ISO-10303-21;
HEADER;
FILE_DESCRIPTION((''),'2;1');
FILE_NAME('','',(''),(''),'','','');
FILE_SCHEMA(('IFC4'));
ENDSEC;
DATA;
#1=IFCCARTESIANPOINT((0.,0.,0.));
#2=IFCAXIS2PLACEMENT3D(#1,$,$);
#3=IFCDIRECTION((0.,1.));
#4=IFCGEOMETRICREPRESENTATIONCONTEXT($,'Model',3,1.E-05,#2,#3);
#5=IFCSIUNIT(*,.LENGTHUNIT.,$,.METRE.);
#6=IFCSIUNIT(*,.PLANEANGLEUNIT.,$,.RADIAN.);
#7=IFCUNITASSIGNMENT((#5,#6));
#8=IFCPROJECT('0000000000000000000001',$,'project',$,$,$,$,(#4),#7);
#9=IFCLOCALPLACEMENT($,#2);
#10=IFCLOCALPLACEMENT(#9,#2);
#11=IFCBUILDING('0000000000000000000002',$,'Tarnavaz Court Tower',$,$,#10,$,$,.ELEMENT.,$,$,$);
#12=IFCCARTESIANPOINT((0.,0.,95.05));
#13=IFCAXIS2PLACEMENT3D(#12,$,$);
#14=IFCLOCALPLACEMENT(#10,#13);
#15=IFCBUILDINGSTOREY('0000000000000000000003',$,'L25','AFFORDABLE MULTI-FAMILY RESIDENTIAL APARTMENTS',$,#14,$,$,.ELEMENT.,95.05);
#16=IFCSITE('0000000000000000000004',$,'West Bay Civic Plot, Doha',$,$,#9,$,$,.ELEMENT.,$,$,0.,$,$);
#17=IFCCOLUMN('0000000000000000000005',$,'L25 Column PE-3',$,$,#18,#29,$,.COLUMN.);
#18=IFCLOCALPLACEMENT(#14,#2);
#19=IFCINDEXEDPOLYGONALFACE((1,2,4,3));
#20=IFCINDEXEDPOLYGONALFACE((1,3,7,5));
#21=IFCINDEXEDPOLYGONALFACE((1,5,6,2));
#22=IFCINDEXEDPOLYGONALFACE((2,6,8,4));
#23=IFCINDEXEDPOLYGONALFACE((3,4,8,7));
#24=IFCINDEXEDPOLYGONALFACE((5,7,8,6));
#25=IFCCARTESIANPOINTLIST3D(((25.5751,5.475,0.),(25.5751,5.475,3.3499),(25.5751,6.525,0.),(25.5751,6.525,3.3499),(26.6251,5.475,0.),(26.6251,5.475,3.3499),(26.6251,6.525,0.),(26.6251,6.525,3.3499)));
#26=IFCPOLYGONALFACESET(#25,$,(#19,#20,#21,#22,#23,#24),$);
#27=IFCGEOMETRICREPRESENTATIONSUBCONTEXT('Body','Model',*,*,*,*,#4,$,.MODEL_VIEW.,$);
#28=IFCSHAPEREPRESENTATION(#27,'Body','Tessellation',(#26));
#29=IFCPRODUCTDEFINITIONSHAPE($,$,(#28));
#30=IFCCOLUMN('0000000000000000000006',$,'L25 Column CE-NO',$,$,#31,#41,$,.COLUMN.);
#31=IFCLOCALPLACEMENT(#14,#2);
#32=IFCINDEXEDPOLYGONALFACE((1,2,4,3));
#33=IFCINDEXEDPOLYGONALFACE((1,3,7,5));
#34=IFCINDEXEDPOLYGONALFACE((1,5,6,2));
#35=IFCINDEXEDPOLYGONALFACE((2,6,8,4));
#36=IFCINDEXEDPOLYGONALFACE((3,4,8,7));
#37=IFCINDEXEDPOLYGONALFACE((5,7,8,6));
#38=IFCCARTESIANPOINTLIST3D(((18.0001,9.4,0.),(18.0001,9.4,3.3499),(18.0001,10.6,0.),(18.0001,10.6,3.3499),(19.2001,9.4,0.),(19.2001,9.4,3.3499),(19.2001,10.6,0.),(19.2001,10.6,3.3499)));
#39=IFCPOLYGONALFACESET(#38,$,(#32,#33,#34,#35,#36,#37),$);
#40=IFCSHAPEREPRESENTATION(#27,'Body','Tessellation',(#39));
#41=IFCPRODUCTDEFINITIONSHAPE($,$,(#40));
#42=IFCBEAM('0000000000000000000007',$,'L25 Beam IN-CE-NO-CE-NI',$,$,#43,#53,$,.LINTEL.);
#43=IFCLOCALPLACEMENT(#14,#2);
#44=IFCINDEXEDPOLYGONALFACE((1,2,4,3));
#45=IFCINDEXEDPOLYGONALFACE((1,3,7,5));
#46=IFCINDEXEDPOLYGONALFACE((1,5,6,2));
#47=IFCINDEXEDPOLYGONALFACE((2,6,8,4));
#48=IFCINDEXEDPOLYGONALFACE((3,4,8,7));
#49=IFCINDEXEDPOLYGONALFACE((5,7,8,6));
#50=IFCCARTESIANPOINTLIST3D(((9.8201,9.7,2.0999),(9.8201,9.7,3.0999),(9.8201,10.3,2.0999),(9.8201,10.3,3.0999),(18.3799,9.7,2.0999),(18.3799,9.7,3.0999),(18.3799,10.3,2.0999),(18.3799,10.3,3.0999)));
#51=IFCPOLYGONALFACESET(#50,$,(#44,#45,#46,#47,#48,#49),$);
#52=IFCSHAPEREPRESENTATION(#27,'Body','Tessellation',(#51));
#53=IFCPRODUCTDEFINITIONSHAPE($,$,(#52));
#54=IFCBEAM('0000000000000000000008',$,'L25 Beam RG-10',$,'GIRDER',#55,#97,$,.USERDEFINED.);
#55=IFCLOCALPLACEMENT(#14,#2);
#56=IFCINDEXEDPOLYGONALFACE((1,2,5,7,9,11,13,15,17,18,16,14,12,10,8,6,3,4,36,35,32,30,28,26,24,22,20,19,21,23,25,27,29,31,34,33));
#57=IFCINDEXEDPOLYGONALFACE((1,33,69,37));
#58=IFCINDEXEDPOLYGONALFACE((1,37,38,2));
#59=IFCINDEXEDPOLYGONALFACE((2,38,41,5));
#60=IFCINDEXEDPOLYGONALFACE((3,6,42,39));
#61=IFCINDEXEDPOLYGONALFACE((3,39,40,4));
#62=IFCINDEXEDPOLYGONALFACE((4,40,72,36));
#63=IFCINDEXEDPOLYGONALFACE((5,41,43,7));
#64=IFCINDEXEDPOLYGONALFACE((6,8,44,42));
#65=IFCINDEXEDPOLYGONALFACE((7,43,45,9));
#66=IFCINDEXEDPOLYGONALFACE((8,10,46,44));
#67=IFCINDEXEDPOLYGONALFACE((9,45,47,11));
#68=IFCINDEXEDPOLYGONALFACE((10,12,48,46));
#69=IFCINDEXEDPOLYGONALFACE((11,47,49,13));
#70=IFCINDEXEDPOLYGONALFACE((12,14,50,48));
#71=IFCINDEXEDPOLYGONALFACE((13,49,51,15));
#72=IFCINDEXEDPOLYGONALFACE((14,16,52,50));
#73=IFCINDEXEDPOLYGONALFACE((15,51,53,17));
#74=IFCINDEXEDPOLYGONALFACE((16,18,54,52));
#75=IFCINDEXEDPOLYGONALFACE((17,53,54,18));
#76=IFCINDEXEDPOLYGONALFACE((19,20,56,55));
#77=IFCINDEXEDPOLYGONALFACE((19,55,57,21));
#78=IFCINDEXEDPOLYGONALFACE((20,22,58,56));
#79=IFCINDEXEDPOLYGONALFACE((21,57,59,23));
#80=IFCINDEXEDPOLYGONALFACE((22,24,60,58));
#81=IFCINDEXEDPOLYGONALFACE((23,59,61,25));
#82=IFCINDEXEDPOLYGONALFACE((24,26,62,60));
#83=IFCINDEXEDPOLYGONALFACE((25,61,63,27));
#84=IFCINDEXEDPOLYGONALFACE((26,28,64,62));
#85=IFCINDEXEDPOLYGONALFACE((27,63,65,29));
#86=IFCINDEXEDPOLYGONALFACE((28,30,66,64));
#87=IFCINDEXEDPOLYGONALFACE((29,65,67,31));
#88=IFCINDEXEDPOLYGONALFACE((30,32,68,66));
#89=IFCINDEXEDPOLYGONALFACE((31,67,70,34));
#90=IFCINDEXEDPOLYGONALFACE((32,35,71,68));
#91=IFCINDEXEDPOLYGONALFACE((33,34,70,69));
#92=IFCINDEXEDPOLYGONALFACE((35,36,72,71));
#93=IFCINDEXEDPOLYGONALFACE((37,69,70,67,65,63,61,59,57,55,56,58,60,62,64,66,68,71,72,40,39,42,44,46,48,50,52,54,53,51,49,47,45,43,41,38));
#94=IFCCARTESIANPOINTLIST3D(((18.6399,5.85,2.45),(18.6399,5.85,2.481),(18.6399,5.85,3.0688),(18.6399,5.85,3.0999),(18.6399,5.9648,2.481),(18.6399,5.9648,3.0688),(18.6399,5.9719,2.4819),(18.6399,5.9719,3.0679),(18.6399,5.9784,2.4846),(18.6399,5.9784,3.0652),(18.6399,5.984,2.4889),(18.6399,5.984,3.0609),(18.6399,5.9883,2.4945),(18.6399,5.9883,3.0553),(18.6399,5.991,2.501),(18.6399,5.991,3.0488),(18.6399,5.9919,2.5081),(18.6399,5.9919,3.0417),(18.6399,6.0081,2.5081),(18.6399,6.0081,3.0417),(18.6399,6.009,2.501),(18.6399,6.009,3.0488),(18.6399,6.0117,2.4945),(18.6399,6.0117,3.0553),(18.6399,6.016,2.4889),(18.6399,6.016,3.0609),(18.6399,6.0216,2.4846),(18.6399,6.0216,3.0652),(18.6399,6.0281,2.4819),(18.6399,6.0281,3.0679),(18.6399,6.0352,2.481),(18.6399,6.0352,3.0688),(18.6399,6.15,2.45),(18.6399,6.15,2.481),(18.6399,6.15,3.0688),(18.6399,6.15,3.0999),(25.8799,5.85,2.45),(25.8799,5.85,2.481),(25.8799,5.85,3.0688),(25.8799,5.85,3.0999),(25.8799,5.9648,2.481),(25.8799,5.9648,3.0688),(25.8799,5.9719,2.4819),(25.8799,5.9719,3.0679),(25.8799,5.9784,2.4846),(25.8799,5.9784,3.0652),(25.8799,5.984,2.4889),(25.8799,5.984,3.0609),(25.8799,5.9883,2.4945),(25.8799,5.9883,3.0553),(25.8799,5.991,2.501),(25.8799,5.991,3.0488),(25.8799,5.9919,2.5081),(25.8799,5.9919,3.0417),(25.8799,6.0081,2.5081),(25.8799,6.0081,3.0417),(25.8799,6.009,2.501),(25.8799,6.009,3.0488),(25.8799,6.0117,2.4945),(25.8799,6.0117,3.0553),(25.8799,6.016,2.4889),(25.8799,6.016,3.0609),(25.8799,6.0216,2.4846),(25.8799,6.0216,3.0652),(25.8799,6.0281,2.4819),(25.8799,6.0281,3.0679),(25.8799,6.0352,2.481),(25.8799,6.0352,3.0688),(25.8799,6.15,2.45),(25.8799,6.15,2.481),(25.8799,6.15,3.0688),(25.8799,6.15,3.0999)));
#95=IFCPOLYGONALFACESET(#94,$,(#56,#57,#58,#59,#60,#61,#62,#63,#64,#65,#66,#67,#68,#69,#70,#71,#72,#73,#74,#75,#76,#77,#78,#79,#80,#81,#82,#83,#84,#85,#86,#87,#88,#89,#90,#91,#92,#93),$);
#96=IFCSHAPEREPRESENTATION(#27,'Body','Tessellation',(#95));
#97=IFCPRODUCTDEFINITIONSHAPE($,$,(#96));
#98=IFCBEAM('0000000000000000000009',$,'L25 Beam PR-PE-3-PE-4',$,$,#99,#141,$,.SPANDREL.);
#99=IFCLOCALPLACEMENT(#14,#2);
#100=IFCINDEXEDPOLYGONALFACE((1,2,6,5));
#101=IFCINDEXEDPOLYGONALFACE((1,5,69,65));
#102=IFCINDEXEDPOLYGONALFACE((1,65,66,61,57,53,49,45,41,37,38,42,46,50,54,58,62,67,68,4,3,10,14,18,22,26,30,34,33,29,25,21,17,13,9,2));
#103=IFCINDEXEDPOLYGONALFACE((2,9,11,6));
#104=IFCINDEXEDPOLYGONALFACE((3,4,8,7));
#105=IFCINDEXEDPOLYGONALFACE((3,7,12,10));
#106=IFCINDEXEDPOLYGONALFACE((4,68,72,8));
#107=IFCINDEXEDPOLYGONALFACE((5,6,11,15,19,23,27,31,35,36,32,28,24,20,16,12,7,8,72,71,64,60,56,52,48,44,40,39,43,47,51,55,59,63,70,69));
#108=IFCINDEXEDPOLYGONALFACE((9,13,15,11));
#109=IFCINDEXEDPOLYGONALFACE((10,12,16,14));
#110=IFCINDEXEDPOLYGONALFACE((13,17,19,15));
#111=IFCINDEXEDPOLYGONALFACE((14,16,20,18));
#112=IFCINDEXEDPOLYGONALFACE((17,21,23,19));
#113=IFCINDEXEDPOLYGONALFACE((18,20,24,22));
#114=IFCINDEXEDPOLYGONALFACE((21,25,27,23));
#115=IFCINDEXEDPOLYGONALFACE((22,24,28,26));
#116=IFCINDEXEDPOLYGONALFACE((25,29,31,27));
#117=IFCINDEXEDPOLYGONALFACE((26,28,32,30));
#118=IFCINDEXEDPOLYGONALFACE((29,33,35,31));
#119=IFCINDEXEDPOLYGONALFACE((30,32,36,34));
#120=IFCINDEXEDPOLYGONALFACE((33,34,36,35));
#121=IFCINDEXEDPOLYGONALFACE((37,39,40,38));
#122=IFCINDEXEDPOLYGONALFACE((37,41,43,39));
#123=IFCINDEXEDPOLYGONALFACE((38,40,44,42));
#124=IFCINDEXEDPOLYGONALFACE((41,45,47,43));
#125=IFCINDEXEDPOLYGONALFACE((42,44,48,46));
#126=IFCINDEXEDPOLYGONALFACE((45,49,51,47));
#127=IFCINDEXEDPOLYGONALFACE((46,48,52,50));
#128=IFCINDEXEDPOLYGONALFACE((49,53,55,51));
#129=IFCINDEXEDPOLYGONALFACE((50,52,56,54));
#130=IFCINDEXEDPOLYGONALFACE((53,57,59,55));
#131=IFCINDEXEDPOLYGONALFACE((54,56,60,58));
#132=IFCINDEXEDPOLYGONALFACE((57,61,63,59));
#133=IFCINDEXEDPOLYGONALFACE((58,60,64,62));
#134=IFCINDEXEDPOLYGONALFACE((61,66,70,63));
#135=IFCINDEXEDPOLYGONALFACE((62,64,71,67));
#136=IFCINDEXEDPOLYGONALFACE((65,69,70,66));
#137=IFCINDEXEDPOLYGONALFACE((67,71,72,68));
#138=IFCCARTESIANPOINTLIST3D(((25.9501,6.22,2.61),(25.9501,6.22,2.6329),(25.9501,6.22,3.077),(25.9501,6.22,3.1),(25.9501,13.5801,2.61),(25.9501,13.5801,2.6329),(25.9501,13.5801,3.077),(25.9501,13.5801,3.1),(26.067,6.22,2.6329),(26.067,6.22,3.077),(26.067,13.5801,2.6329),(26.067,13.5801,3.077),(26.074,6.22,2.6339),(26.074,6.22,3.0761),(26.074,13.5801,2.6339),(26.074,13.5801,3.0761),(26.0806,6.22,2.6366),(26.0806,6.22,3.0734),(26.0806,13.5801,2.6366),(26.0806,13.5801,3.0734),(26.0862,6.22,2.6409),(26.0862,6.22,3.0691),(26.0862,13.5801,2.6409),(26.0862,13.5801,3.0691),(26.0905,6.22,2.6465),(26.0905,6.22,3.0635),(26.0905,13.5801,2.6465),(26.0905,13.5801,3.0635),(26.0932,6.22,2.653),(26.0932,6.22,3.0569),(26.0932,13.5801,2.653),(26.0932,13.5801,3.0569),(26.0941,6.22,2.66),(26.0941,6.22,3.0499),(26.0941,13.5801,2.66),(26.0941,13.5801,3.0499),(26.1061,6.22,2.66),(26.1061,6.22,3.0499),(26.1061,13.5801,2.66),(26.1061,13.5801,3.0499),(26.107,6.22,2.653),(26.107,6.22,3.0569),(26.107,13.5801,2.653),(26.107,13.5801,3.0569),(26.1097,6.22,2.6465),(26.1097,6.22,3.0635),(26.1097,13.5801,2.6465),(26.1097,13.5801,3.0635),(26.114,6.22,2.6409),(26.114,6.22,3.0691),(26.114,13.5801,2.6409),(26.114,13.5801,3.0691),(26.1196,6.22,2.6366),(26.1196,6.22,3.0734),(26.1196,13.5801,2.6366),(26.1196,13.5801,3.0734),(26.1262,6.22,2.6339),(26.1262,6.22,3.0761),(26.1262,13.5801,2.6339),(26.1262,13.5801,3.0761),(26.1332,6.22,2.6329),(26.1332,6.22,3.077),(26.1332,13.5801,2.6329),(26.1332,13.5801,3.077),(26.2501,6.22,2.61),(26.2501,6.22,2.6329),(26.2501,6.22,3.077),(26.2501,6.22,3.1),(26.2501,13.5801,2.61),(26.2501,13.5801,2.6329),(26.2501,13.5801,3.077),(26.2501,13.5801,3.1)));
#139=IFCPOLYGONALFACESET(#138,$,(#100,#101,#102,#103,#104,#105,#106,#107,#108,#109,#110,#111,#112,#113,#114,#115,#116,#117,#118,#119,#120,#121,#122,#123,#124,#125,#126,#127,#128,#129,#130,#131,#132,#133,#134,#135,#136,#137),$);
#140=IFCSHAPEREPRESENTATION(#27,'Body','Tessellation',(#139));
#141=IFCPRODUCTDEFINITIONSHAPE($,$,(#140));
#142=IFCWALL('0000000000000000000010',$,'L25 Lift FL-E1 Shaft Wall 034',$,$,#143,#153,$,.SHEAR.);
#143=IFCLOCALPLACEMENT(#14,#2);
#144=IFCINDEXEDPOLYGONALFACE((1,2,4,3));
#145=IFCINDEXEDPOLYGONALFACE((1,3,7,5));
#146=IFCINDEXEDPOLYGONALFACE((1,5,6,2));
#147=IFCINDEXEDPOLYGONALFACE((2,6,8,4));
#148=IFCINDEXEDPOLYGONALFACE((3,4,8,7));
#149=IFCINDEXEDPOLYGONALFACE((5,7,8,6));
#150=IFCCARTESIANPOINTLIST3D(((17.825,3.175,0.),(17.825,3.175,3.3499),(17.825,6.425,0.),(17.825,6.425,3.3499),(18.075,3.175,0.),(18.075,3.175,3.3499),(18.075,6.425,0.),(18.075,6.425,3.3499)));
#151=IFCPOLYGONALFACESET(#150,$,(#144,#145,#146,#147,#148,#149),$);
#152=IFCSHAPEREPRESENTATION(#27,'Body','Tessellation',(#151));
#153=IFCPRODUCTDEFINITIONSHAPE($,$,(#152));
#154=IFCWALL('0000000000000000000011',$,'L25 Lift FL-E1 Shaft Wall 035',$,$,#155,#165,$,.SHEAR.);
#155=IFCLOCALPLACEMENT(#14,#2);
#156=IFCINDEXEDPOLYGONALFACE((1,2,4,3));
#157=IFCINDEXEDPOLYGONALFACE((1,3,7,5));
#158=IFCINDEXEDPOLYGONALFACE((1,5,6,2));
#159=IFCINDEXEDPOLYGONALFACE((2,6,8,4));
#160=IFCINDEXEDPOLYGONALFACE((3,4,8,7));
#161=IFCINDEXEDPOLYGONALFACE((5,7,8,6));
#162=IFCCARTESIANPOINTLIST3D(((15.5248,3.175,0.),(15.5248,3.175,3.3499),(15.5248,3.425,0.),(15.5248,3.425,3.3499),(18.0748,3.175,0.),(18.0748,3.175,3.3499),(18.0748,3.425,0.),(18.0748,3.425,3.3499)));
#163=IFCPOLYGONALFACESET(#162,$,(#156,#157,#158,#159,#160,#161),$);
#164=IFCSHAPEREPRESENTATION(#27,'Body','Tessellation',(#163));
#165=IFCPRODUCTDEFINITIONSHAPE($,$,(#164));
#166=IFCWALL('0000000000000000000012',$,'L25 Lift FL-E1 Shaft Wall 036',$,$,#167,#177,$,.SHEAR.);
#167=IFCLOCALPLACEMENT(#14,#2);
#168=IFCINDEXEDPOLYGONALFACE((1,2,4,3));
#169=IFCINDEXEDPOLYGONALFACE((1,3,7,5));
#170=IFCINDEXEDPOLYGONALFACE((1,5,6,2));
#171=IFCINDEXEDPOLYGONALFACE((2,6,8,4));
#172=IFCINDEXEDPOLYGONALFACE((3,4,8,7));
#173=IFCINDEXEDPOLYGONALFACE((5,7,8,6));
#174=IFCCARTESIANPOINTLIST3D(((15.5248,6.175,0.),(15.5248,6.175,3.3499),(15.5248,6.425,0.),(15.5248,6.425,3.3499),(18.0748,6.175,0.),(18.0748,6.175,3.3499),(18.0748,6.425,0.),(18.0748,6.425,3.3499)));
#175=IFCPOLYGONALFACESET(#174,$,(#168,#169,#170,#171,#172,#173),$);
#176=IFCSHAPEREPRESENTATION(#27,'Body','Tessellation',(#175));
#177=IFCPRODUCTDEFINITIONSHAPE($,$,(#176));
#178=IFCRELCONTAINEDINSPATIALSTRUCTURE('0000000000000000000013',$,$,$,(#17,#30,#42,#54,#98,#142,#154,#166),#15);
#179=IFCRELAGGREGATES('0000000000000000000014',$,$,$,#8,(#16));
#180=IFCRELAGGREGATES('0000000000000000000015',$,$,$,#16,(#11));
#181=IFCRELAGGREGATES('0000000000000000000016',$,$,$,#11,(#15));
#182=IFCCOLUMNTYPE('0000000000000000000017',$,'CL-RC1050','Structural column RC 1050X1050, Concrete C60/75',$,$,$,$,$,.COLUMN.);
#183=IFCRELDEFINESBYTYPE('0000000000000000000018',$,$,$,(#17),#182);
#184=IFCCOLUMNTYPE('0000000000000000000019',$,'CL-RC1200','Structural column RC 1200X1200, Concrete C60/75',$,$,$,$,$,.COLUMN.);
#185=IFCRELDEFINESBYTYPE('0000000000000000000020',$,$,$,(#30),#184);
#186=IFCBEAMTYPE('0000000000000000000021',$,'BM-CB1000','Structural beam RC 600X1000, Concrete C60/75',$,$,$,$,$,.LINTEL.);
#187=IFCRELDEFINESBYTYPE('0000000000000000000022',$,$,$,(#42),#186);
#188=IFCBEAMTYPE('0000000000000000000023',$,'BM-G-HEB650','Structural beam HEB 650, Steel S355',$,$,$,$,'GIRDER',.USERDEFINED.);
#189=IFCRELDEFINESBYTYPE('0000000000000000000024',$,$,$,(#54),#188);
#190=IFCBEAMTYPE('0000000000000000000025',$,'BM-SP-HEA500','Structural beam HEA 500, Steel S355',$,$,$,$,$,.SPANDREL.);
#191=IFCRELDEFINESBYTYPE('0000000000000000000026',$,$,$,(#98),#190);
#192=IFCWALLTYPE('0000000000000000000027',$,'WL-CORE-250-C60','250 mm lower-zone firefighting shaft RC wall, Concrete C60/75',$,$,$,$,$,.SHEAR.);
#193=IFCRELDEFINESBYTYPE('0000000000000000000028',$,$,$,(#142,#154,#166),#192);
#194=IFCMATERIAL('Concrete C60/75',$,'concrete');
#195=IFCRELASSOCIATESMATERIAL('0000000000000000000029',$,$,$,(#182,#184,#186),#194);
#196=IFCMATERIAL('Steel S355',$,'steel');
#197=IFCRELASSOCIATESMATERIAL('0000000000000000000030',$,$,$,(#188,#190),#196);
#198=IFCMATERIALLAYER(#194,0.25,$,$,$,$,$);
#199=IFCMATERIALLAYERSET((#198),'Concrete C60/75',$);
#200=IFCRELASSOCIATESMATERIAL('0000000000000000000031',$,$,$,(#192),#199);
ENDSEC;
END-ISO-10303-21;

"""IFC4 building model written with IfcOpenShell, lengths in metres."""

from ifc_helpers import new_model, si_unit, direction, frame, frame_2d, origin, origin_2d, place, context, subcontext, project, spatial, rectangle, i_section, extrude, material, layer, layer_set, material_profile, profile_set, type_object, element, save


model = new_model("IFC4")

# Units and contexts
model_context = context("Model", 3, precision=1e-05, world=origin(), true_north=direction((0.0, 1.0)))
body_context = subcontext(model_context, "Body", "Model", "MODEL_VIEW")
ifc_project = project(units=[si_unit("LENGTHUNIT", "METRE"), si_unit("PLANEANGLEUNIT", "RADIAN")], contexts=[model_context])

# Site, building, storey
site_placement = place(None, origin())
site = spatial("IfcSite", under=ifc_project, at=site_placement, Name="West Bay Civic Plot, Doha", CompositionType="ELEMENT", RefElevation=0.0)
building_placement = place(site_placement, origin())
building = spatial("IfcBuilding", under=site, at=building_placement, Name="Tarnavaz Court Tower", CompositionType="ELEMENT")
storey_placement = place(building_placement, frame((0.0, 0.0, 95.05)))
storey = spatial("IfcBuildingStorey", under=building, at=storey_placement, Name="L25", Description="AFFORDABLE MULTI-FAMILY RESIDENTIAL APARTMENTS", CompositionType="ELEMENT", Elevation=95.05)

# Columns
ifc_material_1 = material(Name="Concrete C60/75", Category="concrete")
ifc_material_profile_1 = material_profile(ifc_material_1, rectangle(XDim=1.05, YDim=1.05, at=origin_2d()), Name="RC 1050X1050")
ifc_profile_set_1 = profile_set([ifc_material_profile_1], Name="Concrete C60/75")
column_type_1 = type_object("IfcColumnType", Name="CL-RC1050", Description="Structural column RC 1050X1050, Concrete C60/75", PredefinedType="COLUMN", material=ifc_profile_set_1)
column_1_placement = place(storey_placement, frame((26.1001, 6.0, 0.0), z_axis=(0.0, 0.0, 1.0), x_axis=(1.0, 0.0, 0.0)))
element("IfcColumn", 1, at=column_1_placement, inside=storey, type_object=column_type_1, Name="L25 Column PE-3", PredefinedType="COLUMN", context=body_context, shape_type="SweptSolid", body=[
    extrude(rectangle(XDim=1.05, YDim=1.05, at=origin_2d()), origin(), (0.0, 0.0, 1.0), 3.3499),
])
ifc_material_profile_2 = material_profile(ifc_material_1, rectangle(XDim=1.2, YDim=1.2, at=origin_2d()), Name="RC 1200X1200")
ifc_profile_set_2 = profile_set([ifc_material_profile_2], Name="Concrete C60/75")
column_type_2 = type_object("IfcColumnType", Name="CL-RC1200", Description="Structural column RC 1200X1200, Concrete C60/75", PredefinedType="COLUMN", material=ifc_profile_set_2)
column_2_placement = place(storey_placement, frame((18.6001, 10.0, 0.0), z_axis=(0.0, 0.0, 1.0), x_axis=(1.0, 0.0, 0.0)))
element("IfcColumn", 2, at=column_2_placement, inside=storey, type_object=column_type_2, Name="L25 Column CE-NO", PredefinedType="COLUMN", context=body_context, shape_type="SweptSolid", body=[
    extrude(rectangle(XDim=1.2, YDim=1.2, at=origin_2d()), origin(), (0.0, 0.0, 1.0), 3.3499),
])

# Beams
ifc_material_profile_3 = material_profile(ifc_material_1, rectangle(XDim=0.6001, YDim=1.0, at=origin_2d()), Name="RC 600X1000")
ifc_profile_set_3 = profile_set([ifc_material_profile_3], Name="Concrete C60/75")
beam_type_1 = type_object("IfcBeamType", Name="BM-CB1000", Description="Structural beam RC 600X1000, Concrete C60/75", PredefinedType="LINTEL", material=ifc_profile_set_3)
beam_1_placement = place(storey_placement, frame((18.3799, 10.0, 2.5999), z_axis=(-1.0, 0.0, 0.0), x_axis=(0.0, -1.0, 0.0)))
element("IfcBeam", 3, at=beam_1_placement, inside=storey, type_object=beam_type_1, Name="L25 Beam IN-CE-NO-CE-NI", PredefinedType="LINTEL", context=body_context, shape_type="SweptSolid", body=[
    extrude(rectangle(XDim=0.6001, YDim=1.0, at=origin_2d()), origin(), (0.0, 0.0, 1.0), 8.5598),
])
ifc_material_2 = material(Name="Steel S355", Category="steel")
ifc_material_profile_4 = material_profile(ifc_material_2, i_section(OverallWidth=0.3, OverallDepth=0.6499, WebThickness=0.0161, FlangeThickness=0.031, FilletRadius=0.0271, at=origin_2d()), Name="HEB 650")
ifc_profile_set_4 = profile_set([ifc_material_profile_4], Name="Steel S355")
beam_type_2 = type_object("IfcBeamType", Name="BM-G-HEB650", Description="Structural beam HEB 650, Steel S355", ElementType="GIRDER", PredefinedType="USERDEFINED", material=ifc_profile_set_4)
beam_2_placement = place(storey_placement, frame((18.6399, 6.0, 2.7749), z_axis=(1.0, 0.0, 0.0), x_axis=(0.0, 1.0, 0.0)))
element("IfcBeam", 4, at=beam_2_placement, inside=storey, type_object=beam_type_2, Name="L25 Beam RG-10", ObjectType="GIRDER", PredefinedType="USERDEFINED", context=body_context, shape_type="SweptSolid", body=[
    extrude(i_section(OverallWidth=0.3, OverallDepth=0.6499, WebThickness=0.0161, FlangeThickness=0.031, FilletRadius=0.0271, at=origin_2d()), origin(), (0.0, 0.0, 1.0), 7.24),
])
ifc_material_profile_5 = material_profile(ifc_material_2, i_section(OverallWidth=0.3, OverallDepth=0.49, WebThickness=0.012, FlangeThickness=0.0229, FilletRadius=0.0271, at=origin_2d()), Name="HEA 500")
ifc_profile_set_5 = profile_set([ifc_material_profile_5], Name="Steel S355")
beam_type_3 = type_object("IfcBeamType", Name="BM-SP-HEA500", Description="Structural beam HEA 500, Steel S355", PredefinedType="SPANDREL", material=ifc_profile_set_5)
beam_3_placement = place(storey_placement, frame((26.1001, 6.22, 2.855), z_axis=(0.0, 1.0, 0.0), x_axis=(-1.0, 0.0, 0.0)))
element("IfcBeam", 5, at=beam_3_placement, inside=storey, type_object=beam_type_3, Name="L25 Beam PR-PE-3-PE-4", PredefinedType="SPANDREL", context=body_context, shape_type="SweptSolid", body=[
    extrude(i_section(OverallWidth=0.3, OverallDepth=0.49, WebThickness=0.012, FlangeThickness=0.0229, FilletRadius=0.0271, at=origin_2d()), origin(), (0.0, 0.0, 1.0), 7.3601),
])

# Shared definitions
ifc_layer_1 = layer(ifc_material_1, 0.25)
ifc_layer_set_1 = layer_set([ifc_layer_1], Name="Concrete C60/75")
wall_type_1 = type_object("IfcWallType", Name="WL-CORE-250-C60", Description="250 mm lower-zone firefighting shaft RC wall, Concrete C60/75", PredefinedType="SHEAR", material=ifc_layer_set_1)

# Walls
wall_1_placement = place(storey_placement, frame((17.95, 3.175, 0.0), z_axis=(0.0, 0.0, 1.0), x_axis=(0.0, 1.0, 0.0)))
element("IfcWall", 6, at=wall_1_placement, inside=storey, type_object=wall_type_1, Name="L25 Lift FL-E1 Shaft Wall 034", PredefinedType="SHEAR", context=body_context, shape_type="SweptSolid", body=[
    extrude(rectangle(XDim=3.25, YDim=0.25, at=frame_2d((1.625, 0.0))), origin(), (0.0, 0.0, 1.0), 3.3499),
])
for number, where, z_axis, x_axis, name in (
    (7, (15.5249, 3.3, 0.0), (0.0, 0.0, 1.0), (1.0, 0.0, 0.0), "L25 Lift FL-E1 Shaft Wall 035"),
    (8, (15.5249, 6.3, 0.0), (0.0, 0.0, 1.0), (1.0, 0.0, 0.0), "L25 Lift FL-E1 Shaft Wall 036"),
):
    element("IfcWall", number, at=place(storey_placement, frame(where, z_axis=z_axis, x_axis=x_axis)), inside=storey, type_object=wall_type_1, Name=name, PredefinedType="SHEAR", context=body_context, shape_type="SweptSolid", body=[
        extrude(rectangle(XDim=2.55, YDim=0.25, at=frame_2d((1.2749, 0.0))), origin(), (0.0, 0.0, 1.0), 3.3499),
    ])

save(model, "model.ifc")
